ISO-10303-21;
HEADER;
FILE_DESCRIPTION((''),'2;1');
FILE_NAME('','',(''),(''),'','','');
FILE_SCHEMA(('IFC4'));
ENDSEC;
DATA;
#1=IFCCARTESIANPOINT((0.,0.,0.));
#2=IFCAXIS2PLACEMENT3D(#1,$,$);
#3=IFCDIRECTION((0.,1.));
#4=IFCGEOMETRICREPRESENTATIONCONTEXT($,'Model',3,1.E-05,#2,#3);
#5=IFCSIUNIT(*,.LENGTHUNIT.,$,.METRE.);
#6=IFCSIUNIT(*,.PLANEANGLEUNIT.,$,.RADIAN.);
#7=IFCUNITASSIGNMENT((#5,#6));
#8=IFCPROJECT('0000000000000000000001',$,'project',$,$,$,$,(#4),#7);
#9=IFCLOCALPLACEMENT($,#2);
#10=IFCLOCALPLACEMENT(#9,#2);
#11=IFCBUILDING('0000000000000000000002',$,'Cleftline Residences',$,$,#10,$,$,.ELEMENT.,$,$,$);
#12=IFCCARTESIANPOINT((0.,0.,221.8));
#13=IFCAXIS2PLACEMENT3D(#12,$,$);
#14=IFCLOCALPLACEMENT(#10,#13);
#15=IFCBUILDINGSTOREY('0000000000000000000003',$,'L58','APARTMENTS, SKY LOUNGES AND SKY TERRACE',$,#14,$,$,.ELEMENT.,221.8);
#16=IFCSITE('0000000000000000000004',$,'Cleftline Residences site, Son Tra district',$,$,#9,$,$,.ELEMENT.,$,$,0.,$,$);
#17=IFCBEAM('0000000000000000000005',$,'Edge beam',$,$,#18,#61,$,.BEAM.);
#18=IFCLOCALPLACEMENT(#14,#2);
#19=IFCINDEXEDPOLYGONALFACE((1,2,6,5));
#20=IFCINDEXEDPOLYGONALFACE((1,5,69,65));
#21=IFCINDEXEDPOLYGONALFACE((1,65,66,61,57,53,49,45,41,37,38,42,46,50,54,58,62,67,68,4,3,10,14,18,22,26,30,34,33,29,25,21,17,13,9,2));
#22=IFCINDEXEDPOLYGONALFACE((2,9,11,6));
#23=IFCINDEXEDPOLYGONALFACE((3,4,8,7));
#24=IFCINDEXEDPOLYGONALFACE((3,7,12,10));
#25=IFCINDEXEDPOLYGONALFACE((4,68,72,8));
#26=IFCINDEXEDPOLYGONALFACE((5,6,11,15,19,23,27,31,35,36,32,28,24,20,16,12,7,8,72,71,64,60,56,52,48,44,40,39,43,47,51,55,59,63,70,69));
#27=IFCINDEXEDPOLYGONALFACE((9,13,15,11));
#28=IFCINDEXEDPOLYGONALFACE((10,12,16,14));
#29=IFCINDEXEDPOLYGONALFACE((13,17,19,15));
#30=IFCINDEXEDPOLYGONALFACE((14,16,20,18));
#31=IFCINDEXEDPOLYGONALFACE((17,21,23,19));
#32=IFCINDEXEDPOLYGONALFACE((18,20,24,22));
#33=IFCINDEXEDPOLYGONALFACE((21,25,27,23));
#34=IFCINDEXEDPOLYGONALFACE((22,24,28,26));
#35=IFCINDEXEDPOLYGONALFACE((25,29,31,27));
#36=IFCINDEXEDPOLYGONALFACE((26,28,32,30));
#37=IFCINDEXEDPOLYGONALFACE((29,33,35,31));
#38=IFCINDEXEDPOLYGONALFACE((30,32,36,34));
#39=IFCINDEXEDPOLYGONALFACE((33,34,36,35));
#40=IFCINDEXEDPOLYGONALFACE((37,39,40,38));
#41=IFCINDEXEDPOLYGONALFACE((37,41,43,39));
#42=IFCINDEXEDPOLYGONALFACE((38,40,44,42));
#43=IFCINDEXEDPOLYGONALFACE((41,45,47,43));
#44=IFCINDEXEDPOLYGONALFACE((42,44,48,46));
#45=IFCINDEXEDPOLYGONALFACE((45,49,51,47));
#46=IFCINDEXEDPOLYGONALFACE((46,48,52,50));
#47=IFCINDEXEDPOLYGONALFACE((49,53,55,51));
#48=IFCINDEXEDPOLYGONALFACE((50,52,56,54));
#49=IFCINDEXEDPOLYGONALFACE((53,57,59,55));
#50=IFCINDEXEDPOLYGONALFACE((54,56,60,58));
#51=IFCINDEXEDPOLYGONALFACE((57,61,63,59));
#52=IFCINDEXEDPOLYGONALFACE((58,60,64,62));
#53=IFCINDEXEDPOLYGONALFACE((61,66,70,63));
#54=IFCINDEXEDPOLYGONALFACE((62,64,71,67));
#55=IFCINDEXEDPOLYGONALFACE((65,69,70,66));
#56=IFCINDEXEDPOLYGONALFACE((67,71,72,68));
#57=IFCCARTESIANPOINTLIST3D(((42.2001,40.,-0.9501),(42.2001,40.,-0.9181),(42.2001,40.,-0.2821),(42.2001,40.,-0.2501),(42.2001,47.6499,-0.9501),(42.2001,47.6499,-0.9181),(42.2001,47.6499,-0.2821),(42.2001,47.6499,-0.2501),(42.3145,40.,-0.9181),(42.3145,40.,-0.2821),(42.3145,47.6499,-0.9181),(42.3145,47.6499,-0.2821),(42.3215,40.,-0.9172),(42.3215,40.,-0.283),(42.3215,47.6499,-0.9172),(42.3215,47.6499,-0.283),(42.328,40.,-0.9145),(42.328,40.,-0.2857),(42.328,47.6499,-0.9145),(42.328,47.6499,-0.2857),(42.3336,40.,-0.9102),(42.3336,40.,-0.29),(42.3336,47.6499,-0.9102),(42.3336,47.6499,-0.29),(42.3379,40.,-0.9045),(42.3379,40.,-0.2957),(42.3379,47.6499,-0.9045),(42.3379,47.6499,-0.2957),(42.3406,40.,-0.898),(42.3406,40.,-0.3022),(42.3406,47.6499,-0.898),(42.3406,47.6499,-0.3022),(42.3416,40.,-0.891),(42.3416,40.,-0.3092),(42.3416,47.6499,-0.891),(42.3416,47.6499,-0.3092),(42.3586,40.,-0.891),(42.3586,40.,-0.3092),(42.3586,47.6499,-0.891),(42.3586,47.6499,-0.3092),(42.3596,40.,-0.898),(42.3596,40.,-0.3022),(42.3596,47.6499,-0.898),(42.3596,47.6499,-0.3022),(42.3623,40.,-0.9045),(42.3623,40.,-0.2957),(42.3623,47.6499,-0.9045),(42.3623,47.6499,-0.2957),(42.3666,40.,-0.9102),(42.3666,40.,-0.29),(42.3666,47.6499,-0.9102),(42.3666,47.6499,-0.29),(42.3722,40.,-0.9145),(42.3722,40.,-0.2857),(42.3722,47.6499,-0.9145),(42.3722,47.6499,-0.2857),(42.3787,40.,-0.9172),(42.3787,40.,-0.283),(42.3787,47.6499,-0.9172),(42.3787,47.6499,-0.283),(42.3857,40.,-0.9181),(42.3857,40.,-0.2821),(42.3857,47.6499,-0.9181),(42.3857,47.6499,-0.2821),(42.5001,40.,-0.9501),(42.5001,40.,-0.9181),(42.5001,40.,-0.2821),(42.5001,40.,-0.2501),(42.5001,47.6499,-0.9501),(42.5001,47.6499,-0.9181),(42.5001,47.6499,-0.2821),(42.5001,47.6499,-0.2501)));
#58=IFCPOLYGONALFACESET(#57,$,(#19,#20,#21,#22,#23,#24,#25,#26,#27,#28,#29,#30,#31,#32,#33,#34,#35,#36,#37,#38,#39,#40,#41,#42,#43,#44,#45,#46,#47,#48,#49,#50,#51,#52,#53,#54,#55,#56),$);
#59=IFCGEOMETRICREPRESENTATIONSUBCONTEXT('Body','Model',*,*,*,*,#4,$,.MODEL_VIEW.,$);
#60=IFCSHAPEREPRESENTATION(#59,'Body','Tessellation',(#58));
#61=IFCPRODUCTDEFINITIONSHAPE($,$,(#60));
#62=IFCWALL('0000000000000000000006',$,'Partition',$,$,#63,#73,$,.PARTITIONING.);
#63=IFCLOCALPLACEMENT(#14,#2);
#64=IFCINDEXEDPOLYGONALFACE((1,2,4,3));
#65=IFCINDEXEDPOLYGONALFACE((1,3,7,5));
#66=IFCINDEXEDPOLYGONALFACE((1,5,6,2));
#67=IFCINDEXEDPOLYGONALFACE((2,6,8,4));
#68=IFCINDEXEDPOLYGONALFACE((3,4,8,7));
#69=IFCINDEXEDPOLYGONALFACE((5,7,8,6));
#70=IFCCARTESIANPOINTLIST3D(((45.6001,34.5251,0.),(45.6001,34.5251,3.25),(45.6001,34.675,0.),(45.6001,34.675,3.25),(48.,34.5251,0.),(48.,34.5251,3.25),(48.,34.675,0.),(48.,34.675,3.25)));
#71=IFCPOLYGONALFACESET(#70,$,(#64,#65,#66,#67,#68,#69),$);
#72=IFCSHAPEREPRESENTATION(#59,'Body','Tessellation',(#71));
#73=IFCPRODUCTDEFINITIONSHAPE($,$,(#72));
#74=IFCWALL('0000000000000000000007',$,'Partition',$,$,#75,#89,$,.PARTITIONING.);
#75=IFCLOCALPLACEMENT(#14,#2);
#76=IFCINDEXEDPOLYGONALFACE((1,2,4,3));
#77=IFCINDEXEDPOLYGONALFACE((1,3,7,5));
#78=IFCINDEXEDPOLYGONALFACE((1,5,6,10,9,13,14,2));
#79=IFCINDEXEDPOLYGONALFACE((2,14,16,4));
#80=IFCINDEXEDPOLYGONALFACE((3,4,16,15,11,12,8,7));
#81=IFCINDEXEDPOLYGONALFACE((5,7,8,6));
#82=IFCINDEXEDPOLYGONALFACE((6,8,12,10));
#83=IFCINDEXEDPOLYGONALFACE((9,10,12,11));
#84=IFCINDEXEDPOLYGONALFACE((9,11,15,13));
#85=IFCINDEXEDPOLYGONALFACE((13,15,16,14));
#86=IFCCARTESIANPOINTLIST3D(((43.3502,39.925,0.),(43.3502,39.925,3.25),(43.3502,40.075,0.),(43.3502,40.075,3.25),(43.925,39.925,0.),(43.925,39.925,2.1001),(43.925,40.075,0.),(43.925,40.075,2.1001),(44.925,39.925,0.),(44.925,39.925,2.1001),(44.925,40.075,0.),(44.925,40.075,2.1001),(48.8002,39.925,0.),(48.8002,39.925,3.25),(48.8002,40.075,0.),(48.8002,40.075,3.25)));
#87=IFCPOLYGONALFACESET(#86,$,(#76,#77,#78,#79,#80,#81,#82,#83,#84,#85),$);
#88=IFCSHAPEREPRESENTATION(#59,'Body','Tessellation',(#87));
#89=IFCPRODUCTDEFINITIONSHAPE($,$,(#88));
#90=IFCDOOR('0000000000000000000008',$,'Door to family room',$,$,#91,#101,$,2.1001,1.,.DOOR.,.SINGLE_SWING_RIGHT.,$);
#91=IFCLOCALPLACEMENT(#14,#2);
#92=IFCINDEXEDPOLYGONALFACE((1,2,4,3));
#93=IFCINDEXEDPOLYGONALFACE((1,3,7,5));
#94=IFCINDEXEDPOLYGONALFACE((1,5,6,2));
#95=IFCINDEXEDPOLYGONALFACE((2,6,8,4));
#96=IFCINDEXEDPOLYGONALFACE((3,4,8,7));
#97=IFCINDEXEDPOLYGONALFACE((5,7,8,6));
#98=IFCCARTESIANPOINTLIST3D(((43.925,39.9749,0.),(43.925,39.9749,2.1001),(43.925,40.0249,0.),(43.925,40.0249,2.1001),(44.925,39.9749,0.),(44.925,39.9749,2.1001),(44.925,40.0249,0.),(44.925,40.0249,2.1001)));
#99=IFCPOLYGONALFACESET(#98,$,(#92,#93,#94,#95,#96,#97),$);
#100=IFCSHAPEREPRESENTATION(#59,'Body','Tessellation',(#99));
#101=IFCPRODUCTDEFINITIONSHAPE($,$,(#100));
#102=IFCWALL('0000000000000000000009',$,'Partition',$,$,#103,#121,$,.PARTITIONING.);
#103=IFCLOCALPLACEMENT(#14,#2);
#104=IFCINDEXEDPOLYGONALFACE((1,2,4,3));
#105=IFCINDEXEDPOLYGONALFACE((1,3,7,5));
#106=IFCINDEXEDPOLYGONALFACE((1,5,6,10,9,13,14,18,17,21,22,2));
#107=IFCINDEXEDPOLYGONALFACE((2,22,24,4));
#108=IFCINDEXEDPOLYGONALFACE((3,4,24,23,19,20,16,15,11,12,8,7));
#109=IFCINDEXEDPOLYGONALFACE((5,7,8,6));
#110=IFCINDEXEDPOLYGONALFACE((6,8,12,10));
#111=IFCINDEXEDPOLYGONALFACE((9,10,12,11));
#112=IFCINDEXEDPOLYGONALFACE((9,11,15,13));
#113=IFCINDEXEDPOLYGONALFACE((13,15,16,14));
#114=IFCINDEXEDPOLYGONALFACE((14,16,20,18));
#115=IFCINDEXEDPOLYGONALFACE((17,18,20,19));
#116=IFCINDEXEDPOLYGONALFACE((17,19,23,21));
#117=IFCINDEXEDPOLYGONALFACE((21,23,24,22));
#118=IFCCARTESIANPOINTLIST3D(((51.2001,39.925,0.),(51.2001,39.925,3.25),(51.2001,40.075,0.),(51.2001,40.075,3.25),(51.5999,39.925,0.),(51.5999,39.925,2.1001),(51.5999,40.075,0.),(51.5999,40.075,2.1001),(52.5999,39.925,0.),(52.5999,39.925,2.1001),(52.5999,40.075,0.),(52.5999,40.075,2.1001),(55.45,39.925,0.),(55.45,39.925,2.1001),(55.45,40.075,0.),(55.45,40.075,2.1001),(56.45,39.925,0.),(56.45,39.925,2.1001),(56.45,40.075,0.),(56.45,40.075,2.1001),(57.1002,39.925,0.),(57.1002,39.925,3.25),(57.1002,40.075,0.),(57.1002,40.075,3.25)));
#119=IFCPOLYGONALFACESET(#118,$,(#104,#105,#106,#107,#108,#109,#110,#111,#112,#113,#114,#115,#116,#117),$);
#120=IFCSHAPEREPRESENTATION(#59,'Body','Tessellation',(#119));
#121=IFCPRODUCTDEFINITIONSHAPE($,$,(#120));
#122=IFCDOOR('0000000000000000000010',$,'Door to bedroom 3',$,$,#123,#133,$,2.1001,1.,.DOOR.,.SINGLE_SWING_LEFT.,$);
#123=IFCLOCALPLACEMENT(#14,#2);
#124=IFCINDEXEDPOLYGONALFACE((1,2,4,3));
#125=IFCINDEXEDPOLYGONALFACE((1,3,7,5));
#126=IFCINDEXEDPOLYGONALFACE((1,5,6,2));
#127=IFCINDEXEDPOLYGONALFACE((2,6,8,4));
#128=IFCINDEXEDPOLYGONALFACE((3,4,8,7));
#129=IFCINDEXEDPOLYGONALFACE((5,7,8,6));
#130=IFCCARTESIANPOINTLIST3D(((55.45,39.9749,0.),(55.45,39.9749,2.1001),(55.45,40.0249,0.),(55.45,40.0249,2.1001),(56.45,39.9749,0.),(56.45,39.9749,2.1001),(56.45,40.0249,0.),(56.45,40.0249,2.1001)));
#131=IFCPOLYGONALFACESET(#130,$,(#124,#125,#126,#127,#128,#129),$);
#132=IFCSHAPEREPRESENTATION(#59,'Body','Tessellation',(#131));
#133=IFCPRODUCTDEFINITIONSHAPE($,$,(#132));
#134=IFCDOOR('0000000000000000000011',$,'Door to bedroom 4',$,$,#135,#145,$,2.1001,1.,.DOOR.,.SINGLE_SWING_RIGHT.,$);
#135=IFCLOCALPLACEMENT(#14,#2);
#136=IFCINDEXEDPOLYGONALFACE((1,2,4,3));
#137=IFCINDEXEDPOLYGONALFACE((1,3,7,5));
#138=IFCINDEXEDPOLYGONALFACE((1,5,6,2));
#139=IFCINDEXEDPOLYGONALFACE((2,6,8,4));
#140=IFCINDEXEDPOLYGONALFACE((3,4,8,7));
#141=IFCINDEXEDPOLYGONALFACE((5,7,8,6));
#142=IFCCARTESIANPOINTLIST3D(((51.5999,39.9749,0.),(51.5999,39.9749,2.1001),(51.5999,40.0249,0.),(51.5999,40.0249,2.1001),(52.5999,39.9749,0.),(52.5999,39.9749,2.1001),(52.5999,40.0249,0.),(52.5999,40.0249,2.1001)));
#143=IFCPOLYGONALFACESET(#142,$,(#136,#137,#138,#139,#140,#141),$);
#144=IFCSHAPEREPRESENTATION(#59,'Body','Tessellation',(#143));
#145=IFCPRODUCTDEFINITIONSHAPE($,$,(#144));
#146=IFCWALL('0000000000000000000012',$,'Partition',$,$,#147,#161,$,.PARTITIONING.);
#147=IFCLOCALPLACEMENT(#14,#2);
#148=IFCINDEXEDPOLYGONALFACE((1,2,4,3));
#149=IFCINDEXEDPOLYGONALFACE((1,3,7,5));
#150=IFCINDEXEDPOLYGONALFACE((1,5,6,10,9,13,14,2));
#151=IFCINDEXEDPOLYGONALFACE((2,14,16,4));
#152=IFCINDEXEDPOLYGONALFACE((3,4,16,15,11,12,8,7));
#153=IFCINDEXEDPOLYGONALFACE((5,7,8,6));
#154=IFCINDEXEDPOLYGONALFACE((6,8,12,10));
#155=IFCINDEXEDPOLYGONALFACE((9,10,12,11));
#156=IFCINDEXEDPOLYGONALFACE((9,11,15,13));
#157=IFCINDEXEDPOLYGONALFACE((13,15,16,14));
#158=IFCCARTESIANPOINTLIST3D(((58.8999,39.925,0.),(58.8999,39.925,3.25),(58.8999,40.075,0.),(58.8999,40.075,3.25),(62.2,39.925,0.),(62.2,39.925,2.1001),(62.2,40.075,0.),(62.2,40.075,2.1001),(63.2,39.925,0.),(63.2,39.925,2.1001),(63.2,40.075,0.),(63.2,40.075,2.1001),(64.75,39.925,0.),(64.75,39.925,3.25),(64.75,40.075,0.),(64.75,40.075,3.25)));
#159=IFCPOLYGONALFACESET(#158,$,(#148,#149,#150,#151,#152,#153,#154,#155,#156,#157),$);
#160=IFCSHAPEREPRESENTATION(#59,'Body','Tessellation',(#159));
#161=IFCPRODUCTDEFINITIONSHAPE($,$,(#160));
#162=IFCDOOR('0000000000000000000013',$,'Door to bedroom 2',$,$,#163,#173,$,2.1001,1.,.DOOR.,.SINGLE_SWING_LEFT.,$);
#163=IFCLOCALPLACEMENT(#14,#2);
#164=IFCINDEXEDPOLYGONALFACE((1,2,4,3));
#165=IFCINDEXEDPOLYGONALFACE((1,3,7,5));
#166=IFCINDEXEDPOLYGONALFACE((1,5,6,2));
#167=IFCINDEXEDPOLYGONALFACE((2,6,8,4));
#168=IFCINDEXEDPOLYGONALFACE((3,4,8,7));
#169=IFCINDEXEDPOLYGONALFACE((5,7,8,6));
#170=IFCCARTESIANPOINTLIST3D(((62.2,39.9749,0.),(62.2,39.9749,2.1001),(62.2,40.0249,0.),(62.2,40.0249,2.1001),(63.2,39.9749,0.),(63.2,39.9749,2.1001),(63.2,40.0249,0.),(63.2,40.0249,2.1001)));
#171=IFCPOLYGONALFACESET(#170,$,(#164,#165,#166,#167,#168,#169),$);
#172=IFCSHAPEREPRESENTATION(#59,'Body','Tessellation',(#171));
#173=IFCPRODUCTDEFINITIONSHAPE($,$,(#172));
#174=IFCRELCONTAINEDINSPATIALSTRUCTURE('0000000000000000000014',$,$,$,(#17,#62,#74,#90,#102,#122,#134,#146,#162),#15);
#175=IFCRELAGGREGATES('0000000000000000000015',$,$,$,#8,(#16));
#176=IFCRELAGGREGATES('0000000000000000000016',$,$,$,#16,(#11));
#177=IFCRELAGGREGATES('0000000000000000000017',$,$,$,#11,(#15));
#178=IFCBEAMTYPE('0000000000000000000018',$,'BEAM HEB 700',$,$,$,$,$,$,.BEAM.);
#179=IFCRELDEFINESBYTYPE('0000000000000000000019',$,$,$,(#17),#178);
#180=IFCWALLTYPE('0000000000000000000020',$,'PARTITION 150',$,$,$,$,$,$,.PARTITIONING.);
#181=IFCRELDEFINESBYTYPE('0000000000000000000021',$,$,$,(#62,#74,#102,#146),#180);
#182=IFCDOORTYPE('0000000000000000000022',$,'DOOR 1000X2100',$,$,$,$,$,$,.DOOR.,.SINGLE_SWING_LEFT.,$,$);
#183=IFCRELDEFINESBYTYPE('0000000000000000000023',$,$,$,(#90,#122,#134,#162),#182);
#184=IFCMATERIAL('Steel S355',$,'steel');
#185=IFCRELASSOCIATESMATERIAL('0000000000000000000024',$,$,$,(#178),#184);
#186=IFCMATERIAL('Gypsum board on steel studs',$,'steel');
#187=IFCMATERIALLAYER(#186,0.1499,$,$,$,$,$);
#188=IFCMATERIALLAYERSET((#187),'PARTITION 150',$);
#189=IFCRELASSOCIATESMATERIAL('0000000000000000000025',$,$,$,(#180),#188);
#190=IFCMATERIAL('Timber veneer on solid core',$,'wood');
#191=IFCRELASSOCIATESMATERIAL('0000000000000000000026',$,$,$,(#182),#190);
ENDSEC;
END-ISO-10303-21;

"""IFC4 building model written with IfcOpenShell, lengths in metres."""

from ifc_helpers import new_model, si_unit, direction, frame, frame_2d, origin, origin_2d, place, context, subcontext, project, spatial, rectangle, i_section, extrude, material, layer, layer_set, material_profile, profile_set, type_object, element, fill, save


model = new_model("IFC4")

# Units and contexts
model_context = context("Model", 3, precision=1e-05, world=origin(), true_north=direction((0.0, 1.0)))
body_context = subcontext(model_context, "Body", "Model", "MODEL_VIEW")
ifc_project = project(units=[si_unit("LENGTHUNIT", "METRE"), si_unit("PLANEANGLEUNIT", "RADIAN")], contexts=[model_context])

# Site, building, storey
site_placement = place(None, origin())
site = spatial("IfcSite", under=ifc_project, at=site_placement, Name="Cleftline Residences site, Son Tra district", CompositionType="ELEMENT", RefElevation=0.0)
building_placement = place(site_placement, origin())
building = spatial("IfcBuilding", under=site, at=building_placement, Name="Cleftline Residences", CompositionType="ELEMENT")
storey_placement = place(building_placement, frame((0.0, 0.0, 221.8)))
storey = spatial("IfcBuildingStorey", under=building, at=storey_placement, Name="L58", Description="APARTMENTS, SKY LOUNGES AND SKY TERRACE", CompositionType="ELEMENT", Elevation=221.8)

# Beam
ifc_material_1 = material(Name="Steel S355", Category="steel")
ifc_material_profile_1 = material_profile(ifc_material_1, i_section(OverallWidth=0.3, OverallDepth=0.7, WebThickness=0.0171, FlangeThickness=0.032, FilletRadius=0.0271, at=origin_2d()))
ifc_profile_set_1 = profile_set([ifc_material_profile_1], Name="Steel S355")
beam_type = type_object("IfcBeamType", Name="BEAM HEB 700", PredefinedType="BEAM", material=ifc_profile_set_1)
for number, where, z_axis, x_axis, name in (
    (1, (42.3501, 47.6499, -0.6001), (0.0, -1.0, 0.0), (1.0, 0.0, 0.0), "Edge beam"),
):
    element("IfcBeam", number, at=place(storey_placement, frame(where, z_axis=z_axis, x_axis=x_axis)), inside=storey, type_object=beam_type, Name=name, PredefinedType="BEAM", context=body_context, shape_type="SweptSolid", body=[
        extrude(i_section(OverallWidth=0.3, OverallDepth=0.7, WebThickness=0.0171, FlangeThickness=0.032, FilletRadius=0.0271, at=origin_2d()), origin(), (0.0, 0.0, 1.0), 7.6499),
    ])

# Wall
ifc_material_2 = material(Name="Gypsum board on steel studs", Category="steel")
ifc_layer = layer(ifc_material_2, 0.1499)
ifc_layer_set = layer_set([ifc_layer], Name="PARTITION 150")
wall_type = type_object("IfcWallType", Name="PARTITION 150", PredefinedType="PARTITIONING", material=ifc_layer_set)
wall_1_placement = place(storey_placement, frame((45.6001, 34.6001, 0.0), z_axis=(0.0, 0.0, 1.0), x_axis=(1.0, 0.0, 0.0)))
element("IfcWall", 2, at=wall_1_placement, inside=storey, type_object=wall_type, Name="Partition", PredefinedType="PARTITIONING", context=body_context, shape_type="SweptSolid", body=[
    extrude(rectangle(XDim=2.3999, YDim=0.1499, at=frame_2d((1.2, 0.0))), origin(), (0.0, 0.0, 1.0), 3.25),
])

# Wall, opening, door
wall_2_placement = place(storey_placement, frame((43.3501, 40.0, 0.0), z_axis=(0.0, 0.0, 1.0), x_axis=(1.0, 0.0, 0.0)))
wall_2 = element("IfcWall", 3, at=wall_2_placement, inside=storey, type_object=wall_type, Name="Partition", PredefinedType="PARTITIONING", context=body_context, shape_type="SweptSolid", body=[
    extrude(rectangle(XDim=5.45, YDim=0.1499, at=frame_2d((2.7251, 0.0))), origin(), (0.0, 0.0, 1.0), 3.25),
])
opening_1_placement = place(wall_2_placement, frame((0.575, 0.0, 0.0)))
opening_1 = element("IfcOpeningElement", 4, at=opening_1_placement, cuts=wall_2, PredefinedType="OPENING", context=body_context, shape_type="SweptSolid", body=[
    extrude(rectangle(XDim=1.0, YDim=2.1001, at=frame_2d((0.5, 1.05))), frame((0.0, 0.085, 0.0), z_axis=(0.0, -1.0, 0.0), x_axis=(1.0, 0.0, 0.0)), (0.0, 0.0, 1.0), 0.1699),
])
ifc_material_3 = material(Name="Timber veneer on solid core", Category="wood")
door_type_1 = type_object("IfcDoorType", Name="DOOR 1000X2100", OperationType="SINGLE_SWING_LEFT", PredefinedType="DOOR", material=ifc_material_3)
door_1_placement = place(opening_1_placement, origin())
door_1 = element("IfcDoor", 5, at=door_1_placement, inside=storey, type_object=door_type_1, Name="Door to family room", OperationType="SINGLE_SWING_RIGHT", OverallHeight=2.1001, OverallWidth=1.0, PredefinedType="DOOR", context=body_context, shape_type="SweptSolid", body=[
    extrude(rectangle(XDim=1.0, YDim=2.1001, at=frame_2d((0.5, 1.05))), frame((0.0, 0.0249, 0.0), z_axis=(0.0, -1.0, 0.0), x_axis=(1.0, 0.0, 0.0)), (0.0, 0.0, 1.0), 0.05),
])
fill(opening_1, door_1)

# Wall, openings, doors
wall_3_placement = place(storey_placement, frame((51.2, 40.0, 0.0), z_axis=(0.0, 0.0, 1.0), x_axis=(1.0, 0.0, 0.0)))
wall_3 = element("IfcWall", 6, at=wall_3_placement, inside=storey, type_object=wall_type, Name="Partition", PredefinedType="PARTITIONING", context=body_context, shape_type="SweptSolid", body=[
    extrude(rectangle(XDim=5.9001, YDim=0.1499, at=frame_2d((2.9502, 0.0))), origin(), (0.0, 0.0, 1.0), 3.25),
])
opening_2_placement = place(wall_3_placement, frame((4.25, 0.0, 0.0)))
opening_2 = element("IfcOpeningElement", 7, at=opening_2_placement, cuts=wall_3, PredefinedType="OPENING", context=body_context, shape_type="SweptSolid", body=[
    extrude(rectangle(XDim=1.0, YDim=2.1001, at=frame_2d((0.5, 1.05))), frame((0.0, 0.085, 0.0), z_axis=(0.0, -1.0, 0.0), x_axis=(1.0, 0.0, 0.0)), (0.0, 0.0, 1.0), 0.1699),
])
opening_3_placement = place(wall_3_placement, frame((0.3999, 0.0, 0.0)))
opening_3 = element("IfcOpeningElement", 8, at=opening_3_placement, cuts=wall_3, PredefinedType="OPENING", context=body_context, shape_type="SweptSolid", body=[
    extrude(rectangle(XDim=1.0, YDim=2.1001, at=frame_2d((0.5, 1.05))), frame((0.0, 0.085, 0.0), z_axis=(0.0, -1.0, 0.0), x_axis=(1.0, 0.0, 0.0)), (0.0, 0.0, 1.0), 0.1699),
])
door_2_placement = place(opening_2_placement, origin())
door_2 = element("IfcDoor", 9, at=door_2_placement, inside=storey, type_object=door_type_1, Name="Door to bedroom 3", OperationType="SINGLE_SWING_LEFT", OverallHeight=2.1001, OverallWidth=1.0, PredefinedType="DOOR", context=body_context, shape_type="SweptSolid", body=[
    extrude(rectangle(XDim=1.0, YDim=2.1001, at=frame_2d((0.5, 1.05))), frame((0.0, 0.0249, 0.0), z_axis=(0.0, -1.0, 0.0), x_axis=(1.0, 0.0, 0.0)), (0.0, 0.0, 1.0), 0.05),
])
fill(opening_2, door_2)
door_3_placement = place(opening_3_placement, origin())
door_3 = element("IfcDoor", 10, at=door_3_placement, inside=storey, type_object=door_type_1, Name="Door to bedroom 4", OperationType="SINGLE_SWING_RIGHT", OverallHeight=2.1001, OverallWidth=1.0, PredefinedType="DOOR", context=body_context, shape_type="SweptSolid", body=[
    extrude(rectangle(XDim=1.0, YDim=2.1001, at=frame_2d((0.5, 1.05))), frame((0.0, 0.0249, 0.0), z_axis=(0.0, -1.0, 0.0), x_axis=(1.0, 0.0, 0.0)), (0.0, 0.0, 1.0), 0.05),
])
fill(opening_3, door_3)

# Wall, opening, door
wall_4_placement = place(storey_placement, frame((58.8999, 40.0, 0.0), z_axis=(0.0, 0.0, 1.0), x_axis=(1.0, 0.0, 0.0)))
wall_4 = element("IfcWall", 11, at=wall_4_placement, inside=storey, type_object=wall_type, Name="Partition", PredefinedType="PARTITIONING", context=body_context, shape_type="SweptSolid", body=[
    extrude(rectangle(XDim=5.8501, YDim=0.1499, at=frame_2d((2.925, 0.0))), origin(), (0.0, 0.0, 1.0), 3.25),
])
opening_4_placement = place(wall_4_placement, frame((3.3, 0.0, 0.0)))
opening_4 = element("IfcOpeningElement", 12, at=opening_4_placement, cuts=wall_4, PredefinedType="OPENING", context=body_context, shape_type="SweptSolid", body=[
    extrude(rectangle(XDim=1.0, YDim=2.1001, at=frame_2d((0.5, 1.05))), frame((0.0, 0.085, 0.0), z_axis=(0.0, -1.0, 0.0), x_axis=(1.0, 0.0, 0.0)), (0.0, 0.0, 1.0), 0.1699),
])
door_4_placement = place(opening_4_placement, origin())
door_4 = element("IfcDoor", 13, at=door_4_placement, inside=storey, type_object=door_type_1, Name="Door to bedroom 2", OperationType="SINGLE_SWING_LEFT", OverallHeight=2.1001, OverallWidth=1.0, PredefinedType="DOOR", context=body_context, shape_type="SweptSolid", body=[
    extrude(rectangle(XDim=1.0, YDim=2.1001, at=frame_2d((0.5, 1.05))), frame((0.0, 0.0249, 0.0), z_axis=(0.0, -1.0, 0.0), x_axis=(1.0, 0.0, 0.0)), (0.0, 0.0, 1.0), 0.05),
])
fill(opening_4, door_4)

save(model, "model.ifc")
